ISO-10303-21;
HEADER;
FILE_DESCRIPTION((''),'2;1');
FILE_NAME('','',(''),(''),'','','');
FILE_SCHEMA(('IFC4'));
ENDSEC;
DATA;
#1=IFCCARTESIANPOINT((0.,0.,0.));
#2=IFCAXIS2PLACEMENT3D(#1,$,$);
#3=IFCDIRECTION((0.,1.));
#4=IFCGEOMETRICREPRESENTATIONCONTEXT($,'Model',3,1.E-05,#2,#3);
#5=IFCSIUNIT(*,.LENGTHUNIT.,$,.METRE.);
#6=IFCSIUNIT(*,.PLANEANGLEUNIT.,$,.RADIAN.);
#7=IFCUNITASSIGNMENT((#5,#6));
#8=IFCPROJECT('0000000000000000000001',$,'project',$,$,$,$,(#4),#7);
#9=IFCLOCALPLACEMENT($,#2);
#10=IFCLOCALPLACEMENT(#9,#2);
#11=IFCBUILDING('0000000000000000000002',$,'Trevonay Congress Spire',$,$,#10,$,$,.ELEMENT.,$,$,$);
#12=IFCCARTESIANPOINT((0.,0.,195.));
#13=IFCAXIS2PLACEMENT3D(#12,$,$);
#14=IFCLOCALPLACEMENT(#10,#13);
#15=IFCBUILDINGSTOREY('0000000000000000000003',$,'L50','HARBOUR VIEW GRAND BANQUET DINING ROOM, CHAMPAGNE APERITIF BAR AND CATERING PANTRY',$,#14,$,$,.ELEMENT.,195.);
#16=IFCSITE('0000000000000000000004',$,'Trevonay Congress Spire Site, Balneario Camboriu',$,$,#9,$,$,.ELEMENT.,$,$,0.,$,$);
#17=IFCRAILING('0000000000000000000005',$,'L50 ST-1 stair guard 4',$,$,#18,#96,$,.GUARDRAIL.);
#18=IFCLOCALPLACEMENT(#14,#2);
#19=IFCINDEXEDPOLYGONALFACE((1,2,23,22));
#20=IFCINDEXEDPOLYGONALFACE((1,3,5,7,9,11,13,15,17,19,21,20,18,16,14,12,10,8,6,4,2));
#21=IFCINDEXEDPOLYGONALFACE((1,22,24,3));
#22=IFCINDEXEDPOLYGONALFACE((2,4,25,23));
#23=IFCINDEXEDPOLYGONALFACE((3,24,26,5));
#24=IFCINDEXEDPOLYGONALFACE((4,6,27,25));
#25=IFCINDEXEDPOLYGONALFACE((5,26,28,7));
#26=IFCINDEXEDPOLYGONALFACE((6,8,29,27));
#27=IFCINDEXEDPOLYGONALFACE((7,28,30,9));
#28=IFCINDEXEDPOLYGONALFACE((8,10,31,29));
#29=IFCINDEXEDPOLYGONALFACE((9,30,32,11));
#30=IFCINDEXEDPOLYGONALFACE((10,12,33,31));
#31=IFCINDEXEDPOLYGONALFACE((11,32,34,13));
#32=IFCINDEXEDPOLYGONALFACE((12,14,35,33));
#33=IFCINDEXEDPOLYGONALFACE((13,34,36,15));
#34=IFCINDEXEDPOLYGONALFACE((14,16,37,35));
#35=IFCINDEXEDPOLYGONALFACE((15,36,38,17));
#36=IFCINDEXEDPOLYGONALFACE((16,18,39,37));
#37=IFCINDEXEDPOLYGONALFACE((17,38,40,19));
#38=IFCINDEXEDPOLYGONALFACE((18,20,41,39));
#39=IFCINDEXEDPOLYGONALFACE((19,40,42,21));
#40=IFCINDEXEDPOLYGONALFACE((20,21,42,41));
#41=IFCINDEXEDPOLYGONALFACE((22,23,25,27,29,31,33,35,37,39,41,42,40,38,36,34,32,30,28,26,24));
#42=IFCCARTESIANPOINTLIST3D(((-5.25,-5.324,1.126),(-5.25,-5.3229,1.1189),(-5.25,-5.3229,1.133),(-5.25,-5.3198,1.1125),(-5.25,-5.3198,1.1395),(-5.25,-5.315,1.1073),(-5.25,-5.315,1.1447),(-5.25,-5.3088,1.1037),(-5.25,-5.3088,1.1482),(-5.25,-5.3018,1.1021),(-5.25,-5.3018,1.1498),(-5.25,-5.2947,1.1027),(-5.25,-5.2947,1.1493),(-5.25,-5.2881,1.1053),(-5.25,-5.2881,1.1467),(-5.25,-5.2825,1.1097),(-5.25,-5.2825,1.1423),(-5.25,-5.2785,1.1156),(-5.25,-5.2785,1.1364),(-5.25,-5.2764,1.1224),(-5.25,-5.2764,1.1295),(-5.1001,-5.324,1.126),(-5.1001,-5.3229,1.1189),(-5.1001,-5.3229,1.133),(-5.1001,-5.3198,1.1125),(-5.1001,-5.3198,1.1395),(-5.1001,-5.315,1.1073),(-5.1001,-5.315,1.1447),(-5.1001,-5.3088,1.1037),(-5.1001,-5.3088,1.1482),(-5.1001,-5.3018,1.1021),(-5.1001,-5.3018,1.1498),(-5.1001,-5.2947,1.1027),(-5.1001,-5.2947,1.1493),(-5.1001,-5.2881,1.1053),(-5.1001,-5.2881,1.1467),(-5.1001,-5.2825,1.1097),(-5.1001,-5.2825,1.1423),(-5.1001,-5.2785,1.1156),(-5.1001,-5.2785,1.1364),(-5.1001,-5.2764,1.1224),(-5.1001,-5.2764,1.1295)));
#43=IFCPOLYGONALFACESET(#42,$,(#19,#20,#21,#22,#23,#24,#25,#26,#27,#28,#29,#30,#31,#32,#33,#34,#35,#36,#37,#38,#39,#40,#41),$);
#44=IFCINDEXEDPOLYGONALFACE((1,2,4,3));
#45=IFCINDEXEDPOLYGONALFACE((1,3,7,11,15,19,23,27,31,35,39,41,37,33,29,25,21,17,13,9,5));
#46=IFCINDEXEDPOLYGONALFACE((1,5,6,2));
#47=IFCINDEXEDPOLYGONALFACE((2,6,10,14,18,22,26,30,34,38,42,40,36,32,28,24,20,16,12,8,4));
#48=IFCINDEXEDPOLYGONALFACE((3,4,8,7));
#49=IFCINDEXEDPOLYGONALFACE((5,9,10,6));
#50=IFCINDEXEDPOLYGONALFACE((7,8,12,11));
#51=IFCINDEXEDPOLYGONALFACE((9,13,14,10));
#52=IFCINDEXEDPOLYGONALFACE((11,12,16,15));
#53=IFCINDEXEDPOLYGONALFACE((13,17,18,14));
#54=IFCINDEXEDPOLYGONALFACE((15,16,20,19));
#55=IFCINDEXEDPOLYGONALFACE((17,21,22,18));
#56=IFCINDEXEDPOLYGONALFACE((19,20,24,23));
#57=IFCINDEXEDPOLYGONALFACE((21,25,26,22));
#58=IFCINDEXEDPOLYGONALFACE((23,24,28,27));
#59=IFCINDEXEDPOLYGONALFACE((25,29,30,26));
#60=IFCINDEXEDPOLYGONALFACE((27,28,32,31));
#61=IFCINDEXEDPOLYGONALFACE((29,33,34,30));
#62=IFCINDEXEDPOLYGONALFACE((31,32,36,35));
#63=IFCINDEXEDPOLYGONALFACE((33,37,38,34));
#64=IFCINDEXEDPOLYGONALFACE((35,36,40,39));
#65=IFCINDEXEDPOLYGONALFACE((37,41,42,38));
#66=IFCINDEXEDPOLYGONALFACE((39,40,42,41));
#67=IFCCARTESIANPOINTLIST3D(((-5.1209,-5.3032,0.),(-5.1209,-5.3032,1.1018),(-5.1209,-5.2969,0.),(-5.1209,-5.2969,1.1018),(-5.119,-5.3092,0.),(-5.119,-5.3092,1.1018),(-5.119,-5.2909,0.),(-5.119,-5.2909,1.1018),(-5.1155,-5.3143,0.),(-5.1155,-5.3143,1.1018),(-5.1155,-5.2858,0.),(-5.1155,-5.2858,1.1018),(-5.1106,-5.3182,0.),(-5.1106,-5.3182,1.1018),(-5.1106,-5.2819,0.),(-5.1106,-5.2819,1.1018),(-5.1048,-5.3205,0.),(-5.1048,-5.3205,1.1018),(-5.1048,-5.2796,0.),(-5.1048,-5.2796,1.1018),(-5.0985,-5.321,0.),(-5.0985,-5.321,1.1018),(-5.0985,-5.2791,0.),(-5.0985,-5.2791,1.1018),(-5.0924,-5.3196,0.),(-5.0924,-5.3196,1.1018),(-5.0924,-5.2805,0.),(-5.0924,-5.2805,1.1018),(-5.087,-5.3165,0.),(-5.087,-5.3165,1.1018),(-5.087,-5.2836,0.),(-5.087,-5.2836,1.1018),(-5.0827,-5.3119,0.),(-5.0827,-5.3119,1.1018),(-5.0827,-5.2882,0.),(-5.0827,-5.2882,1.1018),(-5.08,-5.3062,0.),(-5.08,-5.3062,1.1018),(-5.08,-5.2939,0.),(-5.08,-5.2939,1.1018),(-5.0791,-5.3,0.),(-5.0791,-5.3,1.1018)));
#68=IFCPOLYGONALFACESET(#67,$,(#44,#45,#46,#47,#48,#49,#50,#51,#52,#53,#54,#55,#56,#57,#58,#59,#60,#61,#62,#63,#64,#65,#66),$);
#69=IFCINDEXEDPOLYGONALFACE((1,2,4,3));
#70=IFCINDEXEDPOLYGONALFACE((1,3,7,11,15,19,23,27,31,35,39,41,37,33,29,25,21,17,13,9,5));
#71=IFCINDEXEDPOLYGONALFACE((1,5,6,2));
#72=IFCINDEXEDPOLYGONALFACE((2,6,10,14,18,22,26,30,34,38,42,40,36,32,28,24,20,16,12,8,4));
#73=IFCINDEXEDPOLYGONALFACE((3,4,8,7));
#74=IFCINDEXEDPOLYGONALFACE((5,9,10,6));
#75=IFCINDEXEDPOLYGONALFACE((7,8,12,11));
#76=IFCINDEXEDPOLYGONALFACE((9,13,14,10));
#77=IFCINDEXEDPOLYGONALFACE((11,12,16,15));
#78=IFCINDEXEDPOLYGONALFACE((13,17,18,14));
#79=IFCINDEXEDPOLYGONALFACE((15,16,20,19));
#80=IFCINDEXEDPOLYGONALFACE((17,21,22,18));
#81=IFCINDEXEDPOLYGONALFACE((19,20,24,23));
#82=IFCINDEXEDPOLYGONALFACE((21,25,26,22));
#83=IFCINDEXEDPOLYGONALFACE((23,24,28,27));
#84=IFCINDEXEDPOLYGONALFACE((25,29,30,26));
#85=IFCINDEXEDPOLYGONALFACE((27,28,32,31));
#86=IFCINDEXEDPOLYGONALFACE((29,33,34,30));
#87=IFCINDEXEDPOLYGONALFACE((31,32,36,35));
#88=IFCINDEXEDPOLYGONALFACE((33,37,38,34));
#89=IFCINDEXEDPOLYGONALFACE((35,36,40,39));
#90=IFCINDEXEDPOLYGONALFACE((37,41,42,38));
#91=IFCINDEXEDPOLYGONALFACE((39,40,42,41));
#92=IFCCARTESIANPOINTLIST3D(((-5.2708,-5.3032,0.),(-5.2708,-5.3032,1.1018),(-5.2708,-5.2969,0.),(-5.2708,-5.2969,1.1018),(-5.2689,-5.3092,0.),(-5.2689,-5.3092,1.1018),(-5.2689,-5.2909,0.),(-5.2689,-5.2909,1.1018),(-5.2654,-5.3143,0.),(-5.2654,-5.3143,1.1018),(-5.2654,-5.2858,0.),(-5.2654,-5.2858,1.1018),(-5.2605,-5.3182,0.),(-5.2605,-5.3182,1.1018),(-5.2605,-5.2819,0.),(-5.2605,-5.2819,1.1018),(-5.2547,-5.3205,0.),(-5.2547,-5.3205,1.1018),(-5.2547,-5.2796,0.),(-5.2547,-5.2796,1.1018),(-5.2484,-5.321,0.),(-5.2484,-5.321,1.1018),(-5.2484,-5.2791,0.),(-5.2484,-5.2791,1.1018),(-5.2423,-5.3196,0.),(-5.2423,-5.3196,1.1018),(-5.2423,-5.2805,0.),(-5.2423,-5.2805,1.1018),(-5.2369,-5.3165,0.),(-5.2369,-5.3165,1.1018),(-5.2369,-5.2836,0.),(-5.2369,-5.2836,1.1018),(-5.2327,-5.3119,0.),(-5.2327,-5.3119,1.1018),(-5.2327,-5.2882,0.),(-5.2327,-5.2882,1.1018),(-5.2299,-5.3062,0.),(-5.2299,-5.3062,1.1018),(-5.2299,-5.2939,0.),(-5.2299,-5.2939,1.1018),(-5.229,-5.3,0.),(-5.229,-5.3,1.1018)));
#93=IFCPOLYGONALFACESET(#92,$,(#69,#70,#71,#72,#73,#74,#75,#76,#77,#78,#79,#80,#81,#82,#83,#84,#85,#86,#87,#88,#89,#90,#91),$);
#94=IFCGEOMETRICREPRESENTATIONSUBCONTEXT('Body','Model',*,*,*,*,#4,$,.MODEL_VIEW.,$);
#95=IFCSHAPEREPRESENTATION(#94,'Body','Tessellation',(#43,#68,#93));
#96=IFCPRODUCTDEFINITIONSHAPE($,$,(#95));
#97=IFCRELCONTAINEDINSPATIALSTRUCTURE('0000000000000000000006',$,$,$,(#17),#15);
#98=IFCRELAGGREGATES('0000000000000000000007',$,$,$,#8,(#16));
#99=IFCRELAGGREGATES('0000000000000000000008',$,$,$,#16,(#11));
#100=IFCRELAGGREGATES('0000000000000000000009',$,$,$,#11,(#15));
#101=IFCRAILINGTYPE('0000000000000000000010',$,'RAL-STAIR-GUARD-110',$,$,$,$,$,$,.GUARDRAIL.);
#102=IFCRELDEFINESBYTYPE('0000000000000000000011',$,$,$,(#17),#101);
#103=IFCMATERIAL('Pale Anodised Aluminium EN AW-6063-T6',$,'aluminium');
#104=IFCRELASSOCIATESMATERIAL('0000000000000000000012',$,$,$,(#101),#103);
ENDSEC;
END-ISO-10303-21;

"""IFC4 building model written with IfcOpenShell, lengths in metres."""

from ifc_helpers import new_model, si_unit, direction, frame, origin, origin_2d, place, context, subcontext, project, spatial, circle, extrude, material, type_object, element, save


model = new_model("IFC4")

# Units and contexts
model_context = context("Model", 3, precision=1e-05, world=origin(), true_north=direction((0.0, 1.0)))
body_context = subcontext(model_context, "Body", "Model", "MODEL_VIEW")
ifc_project = project(units=[si_unit("LENGTHUNIT", "METRE"), si_unit("PLANEANGLEUNIT", "RADIAN")], contexts=[model_context])

# Site, building, storey
site_placement = place(None, origin())
site = spatial("IfcSite", under=ifc_project, at=site_placement, Name="Trevonay Congress Spire Site, Balneario Camboriu", CompositionType="ELEMENT", RefElevation=0.0)
building_placement = place(site_placement, origin())
building = spatial("IfcBuilding", under=site, at=building_placement, Name="Trevonay Congress Spire", CompositionType="ELEMENT")
storey_placement = place(building_placement, frame((0.0, 0.0, 195.0)))
storey = spatial("IfcBuildingStorey", under=building, at=storey_placement, Name="L50", Description="HARBOUR VIEW GRAND BANQUET DINING ROOM, CHAMPAGNE APERITIF BAR AND CATERING PANTRY", CompositionType="ELEMENT", Elevation=195.0)

# Shared definitions
ifc_material_1 = material(Name="Pale Anodised Aluminium EN AW-6063-T6", Category="aluminium")

# Railing
railing_type_1 = type_object("IfcRailingType", Name="RAL-STAIR-GUARD-110", PredefinedType="GUARDRAIL", material=ifc_material_1)
railing_1_placement = place(storey_placement, frame((-5.1001, -5.3, 0.0)))
element("IfcRailing", 1, at=railing_1_placement, inside=storey, type_object=railing_type_1, Name="L50 ST-1 stair guard 4", PredefinedType="GUARDRAIL", context=body_context, shape_type="SweptSolid", body=[
    extrude(circle(Radius=0.0239, at=origin_2d()), frame((0.0, 0.0, 1.126), z_axis=(-1.0, 0.0, 0.0), x_axis=(0.0, -1.0, 0.0)), (0.0, 0.0, 1.0), 0.1499),
    extrude(circle(Radius=0.021, at=origin_2d()), origin(), (0.0, 0.0, 1.0), 1.1018),
    extrude(circle(Radius=0.021, at=origin_2d()), frame((-0.1499, 0.0, 0.0)), (0.0, 0.0, 1.0), 1.1018),
])

save(model, "model.ifc")
